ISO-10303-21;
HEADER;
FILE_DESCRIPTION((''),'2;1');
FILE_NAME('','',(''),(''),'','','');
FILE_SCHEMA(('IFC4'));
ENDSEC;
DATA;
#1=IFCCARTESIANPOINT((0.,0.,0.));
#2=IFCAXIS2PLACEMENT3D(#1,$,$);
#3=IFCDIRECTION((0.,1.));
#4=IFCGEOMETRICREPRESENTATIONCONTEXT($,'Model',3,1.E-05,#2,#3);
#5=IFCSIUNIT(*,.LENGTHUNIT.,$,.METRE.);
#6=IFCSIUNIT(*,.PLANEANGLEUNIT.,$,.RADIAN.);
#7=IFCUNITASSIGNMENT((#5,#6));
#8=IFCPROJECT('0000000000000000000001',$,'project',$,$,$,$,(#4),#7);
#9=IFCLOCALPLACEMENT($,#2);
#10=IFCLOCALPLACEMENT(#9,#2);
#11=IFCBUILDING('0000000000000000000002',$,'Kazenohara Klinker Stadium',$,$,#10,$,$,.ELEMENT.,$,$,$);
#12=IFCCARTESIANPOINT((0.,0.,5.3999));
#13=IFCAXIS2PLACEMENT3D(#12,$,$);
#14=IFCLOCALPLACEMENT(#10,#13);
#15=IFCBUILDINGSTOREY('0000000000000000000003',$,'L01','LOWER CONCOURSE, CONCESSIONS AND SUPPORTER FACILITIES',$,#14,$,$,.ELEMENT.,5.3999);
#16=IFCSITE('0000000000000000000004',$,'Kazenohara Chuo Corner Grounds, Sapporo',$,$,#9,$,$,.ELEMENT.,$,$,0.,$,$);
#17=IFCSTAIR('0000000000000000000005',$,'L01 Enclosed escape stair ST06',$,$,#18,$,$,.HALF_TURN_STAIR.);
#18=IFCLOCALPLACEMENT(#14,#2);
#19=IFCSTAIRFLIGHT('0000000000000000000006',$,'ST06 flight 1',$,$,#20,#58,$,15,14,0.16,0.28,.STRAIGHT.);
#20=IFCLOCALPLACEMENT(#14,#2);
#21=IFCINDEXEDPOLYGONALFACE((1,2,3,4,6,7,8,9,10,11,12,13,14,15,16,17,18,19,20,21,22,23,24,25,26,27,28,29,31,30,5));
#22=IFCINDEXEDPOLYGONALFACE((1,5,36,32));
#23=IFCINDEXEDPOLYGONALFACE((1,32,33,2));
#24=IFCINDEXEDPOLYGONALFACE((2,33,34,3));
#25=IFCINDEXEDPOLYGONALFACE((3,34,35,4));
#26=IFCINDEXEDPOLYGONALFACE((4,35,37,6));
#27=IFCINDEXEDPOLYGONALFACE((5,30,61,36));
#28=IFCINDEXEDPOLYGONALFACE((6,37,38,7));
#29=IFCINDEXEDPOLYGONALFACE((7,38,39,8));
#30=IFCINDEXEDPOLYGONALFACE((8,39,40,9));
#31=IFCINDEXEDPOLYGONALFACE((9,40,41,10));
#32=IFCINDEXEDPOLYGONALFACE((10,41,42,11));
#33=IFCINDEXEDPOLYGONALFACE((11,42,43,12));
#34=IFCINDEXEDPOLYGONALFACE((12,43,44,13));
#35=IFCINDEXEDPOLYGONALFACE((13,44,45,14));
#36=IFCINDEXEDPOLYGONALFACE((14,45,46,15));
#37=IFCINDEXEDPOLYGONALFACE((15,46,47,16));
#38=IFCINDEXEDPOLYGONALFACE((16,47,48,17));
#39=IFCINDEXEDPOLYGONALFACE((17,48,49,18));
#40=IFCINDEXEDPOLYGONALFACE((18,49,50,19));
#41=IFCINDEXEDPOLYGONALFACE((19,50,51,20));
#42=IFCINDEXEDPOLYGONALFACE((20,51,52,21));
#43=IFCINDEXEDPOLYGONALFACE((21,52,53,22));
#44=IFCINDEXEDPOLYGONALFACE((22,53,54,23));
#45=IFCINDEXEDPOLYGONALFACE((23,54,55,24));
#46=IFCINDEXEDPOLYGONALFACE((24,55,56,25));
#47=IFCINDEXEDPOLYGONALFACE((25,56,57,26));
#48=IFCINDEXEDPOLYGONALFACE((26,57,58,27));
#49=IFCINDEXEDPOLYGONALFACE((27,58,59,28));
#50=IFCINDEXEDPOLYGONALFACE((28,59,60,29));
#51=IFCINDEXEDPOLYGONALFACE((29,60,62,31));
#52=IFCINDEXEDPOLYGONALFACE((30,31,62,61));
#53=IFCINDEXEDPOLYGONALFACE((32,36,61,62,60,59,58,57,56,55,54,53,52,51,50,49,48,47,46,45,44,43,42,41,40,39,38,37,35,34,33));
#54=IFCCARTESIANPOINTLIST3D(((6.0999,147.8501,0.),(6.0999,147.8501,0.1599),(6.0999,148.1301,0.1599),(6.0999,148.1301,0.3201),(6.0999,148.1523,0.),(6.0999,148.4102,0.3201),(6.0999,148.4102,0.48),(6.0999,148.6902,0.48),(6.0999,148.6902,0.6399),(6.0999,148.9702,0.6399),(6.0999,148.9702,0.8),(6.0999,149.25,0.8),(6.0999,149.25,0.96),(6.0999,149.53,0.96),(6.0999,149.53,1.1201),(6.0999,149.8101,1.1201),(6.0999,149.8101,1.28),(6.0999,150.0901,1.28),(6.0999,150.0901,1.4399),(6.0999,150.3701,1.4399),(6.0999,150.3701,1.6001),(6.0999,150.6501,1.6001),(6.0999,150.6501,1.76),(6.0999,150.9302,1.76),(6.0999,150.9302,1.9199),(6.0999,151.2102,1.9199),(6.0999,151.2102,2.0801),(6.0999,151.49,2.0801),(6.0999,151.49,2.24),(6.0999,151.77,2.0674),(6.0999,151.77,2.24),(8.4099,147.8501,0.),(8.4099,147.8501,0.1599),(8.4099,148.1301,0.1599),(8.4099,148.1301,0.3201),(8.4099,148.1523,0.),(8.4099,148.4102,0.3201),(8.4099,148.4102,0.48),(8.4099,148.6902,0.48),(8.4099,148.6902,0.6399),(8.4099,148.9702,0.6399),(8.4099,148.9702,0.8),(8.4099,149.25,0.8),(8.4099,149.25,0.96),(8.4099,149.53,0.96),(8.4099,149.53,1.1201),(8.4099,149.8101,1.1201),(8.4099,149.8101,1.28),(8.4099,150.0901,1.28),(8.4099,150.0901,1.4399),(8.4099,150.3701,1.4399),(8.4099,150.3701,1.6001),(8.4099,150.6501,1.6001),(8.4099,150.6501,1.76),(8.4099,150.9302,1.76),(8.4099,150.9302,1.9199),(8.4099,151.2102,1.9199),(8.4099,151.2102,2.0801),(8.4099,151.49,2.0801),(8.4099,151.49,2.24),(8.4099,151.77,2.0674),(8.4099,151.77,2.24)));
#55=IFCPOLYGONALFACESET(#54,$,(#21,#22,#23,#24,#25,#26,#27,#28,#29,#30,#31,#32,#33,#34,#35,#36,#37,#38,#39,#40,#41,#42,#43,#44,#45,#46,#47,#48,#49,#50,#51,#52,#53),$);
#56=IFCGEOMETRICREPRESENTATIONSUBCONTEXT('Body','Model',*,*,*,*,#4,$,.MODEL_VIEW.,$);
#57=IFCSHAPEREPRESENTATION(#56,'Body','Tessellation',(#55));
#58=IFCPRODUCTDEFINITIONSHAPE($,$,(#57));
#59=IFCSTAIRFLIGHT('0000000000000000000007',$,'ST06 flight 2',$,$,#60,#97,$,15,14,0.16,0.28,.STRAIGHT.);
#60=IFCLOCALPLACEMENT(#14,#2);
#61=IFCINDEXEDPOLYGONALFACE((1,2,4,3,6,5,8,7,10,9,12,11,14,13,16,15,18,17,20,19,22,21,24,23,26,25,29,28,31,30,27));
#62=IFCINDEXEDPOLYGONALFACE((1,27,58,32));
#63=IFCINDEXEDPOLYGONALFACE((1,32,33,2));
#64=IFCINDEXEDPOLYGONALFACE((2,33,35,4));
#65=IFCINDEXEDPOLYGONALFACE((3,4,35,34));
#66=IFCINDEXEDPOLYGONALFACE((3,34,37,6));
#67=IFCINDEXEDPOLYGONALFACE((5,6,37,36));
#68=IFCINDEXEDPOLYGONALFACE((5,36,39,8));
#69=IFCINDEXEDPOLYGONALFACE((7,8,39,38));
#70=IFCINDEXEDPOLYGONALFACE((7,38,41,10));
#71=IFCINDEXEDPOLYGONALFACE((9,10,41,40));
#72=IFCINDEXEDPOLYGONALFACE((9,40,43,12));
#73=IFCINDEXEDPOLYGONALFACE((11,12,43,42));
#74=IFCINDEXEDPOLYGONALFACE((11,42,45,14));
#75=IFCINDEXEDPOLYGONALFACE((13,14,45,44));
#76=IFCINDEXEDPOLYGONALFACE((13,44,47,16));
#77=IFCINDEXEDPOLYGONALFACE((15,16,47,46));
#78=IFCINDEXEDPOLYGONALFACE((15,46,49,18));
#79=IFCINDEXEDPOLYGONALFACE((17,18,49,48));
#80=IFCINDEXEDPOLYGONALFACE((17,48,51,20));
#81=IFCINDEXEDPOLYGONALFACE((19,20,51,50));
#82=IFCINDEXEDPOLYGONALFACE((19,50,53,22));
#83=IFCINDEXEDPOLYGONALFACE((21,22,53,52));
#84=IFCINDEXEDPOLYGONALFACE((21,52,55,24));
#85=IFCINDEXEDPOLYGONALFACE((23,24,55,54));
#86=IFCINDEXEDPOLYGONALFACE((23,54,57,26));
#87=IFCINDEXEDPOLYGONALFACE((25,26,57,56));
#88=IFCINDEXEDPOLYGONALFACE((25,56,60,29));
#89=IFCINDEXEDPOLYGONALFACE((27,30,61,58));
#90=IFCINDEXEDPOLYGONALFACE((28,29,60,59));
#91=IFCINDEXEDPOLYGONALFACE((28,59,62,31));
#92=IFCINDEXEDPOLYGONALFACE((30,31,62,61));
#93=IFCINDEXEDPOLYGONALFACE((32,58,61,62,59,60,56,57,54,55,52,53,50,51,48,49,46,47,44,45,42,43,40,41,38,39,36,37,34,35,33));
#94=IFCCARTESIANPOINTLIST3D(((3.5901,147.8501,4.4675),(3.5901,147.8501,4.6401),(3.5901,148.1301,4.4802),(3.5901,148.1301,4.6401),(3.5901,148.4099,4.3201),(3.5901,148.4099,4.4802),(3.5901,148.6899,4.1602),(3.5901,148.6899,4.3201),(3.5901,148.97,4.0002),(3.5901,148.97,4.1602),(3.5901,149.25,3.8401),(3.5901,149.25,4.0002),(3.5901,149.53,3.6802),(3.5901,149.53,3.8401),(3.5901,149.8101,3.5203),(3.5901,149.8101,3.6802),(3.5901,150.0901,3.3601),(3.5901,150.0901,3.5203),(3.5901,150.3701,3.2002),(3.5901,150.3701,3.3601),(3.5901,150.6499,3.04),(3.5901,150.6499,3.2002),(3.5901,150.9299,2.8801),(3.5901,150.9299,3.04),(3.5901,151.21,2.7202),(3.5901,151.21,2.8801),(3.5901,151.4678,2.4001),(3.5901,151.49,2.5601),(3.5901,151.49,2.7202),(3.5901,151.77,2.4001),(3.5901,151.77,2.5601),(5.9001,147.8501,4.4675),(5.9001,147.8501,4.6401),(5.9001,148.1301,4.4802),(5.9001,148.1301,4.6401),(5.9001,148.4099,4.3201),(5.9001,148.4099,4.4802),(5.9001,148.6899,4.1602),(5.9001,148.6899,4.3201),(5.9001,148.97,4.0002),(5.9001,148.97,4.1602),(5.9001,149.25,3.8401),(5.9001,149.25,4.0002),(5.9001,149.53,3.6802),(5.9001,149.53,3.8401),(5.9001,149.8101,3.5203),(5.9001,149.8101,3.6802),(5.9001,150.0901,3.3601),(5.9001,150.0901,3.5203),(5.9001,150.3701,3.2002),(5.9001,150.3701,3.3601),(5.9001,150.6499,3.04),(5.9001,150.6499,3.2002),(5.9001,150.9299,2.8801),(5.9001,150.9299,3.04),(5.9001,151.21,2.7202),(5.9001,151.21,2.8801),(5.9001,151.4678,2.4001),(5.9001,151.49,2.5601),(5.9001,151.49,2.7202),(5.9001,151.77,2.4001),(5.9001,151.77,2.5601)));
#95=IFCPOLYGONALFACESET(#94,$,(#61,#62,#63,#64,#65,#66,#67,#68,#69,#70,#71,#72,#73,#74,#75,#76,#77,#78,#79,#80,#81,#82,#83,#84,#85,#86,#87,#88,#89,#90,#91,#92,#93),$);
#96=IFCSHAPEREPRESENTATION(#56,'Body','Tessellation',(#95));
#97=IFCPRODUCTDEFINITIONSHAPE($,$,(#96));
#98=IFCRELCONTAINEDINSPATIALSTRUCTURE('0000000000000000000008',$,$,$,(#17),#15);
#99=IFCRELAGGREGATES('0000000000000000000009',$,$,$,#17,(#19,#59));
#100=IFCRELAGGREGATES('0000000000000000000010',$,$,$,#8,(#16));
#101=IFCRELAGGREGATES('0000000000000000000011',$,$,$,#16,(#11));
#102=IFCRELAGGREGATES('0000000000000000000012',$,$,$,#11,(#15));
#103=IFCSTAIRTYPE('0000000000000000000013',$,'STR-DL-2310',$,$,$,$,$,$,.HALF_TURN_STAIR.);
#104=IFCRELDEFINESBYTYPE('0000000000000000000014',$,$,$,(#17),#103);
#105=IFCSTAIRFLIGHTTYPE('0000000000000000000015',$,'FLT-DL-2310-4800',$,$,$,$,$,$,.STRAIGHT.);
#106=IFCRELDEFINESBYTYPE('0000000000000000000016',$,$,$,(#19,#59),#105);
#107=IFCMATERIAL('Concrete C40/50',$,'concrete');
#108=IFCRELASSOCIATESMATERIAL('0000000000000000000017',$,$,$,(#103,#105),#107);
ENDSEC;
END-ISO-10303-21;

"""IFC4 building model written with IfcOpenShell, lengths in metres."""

from ifc_helpers import new_model, si_unit, direction, frame, origin, place, context, subcontext, project, spatial, polyline, outline, extrude, material, type_object, element, aggregate, save


model = new_model("IFC4")

# Units and contexts
model_context = context("Model", 3, precision=1e-05, world=origin(), true_north=direction((0.0, 1.0)))
body_context = subcontext(model_context, "Body", "Model", "MODEL_VIEW")
ifc_project = project(units=[si_unit("LENGTHUNIT", "METRE"), si_unit("PLANEANGLEUNIT", "RADIAN")], contexts=[model_context])

# Site, building, storey
site_placement = place(None, origin())
site = spatial("IfcSite", under=ifc_project, at=site_placement, Name="Kazenohara Chuo Corner Grounds, Sapporo", CompositionType="ELEMENT", RefElevation=0.0)
building_placement = place(site_placement, origin())
building = spatial("IfcBuilding", under=site, at=building_placement, Name="Kazenohara Klinker Stadium", CompositionType="ELEMENT")
storey_placement = place(building_placement, frame((0.0, 0.0, 5.3999)))
storey = spatial("IfcBuildingStorey", under=building, at=storey_placement, Name="L01", Description="LOWER CONCOURSE, CONCESSIONS AND SUPPORTER FACILITIES", CompositionType="ELEMENT", Elevation=5.3999)

# Shared definitions
ifc_material_1 = material(Name="Concrete C40/50", Category="concrete")

# Stair, stair flights
stair_type = type_object("IfcStairType", Name="STR-DL-2310", PredefinedType="HALF_TURN_STAIR", material=ifc_material_1)
stair_placement = place(storey_placement, origin())
stair = element("IfcStair", 1, at=stair_placement, inside=storey, type_object=stair_type, Name="L01 Enclosed escape stair ST06", PredefinedType="HALF_TURN_STAIR")
stair_flight_type = type_object("IfcStairFlightType", Name="FLT-DL-2310-4800", PredefinedType="STRAIGHT", material=ifc_material_1)
stair_flight_1_placement = place(storey_placement, frame((7.2549, 147.8501, 0.0), z_axis=(0.0, 0.0, 1.0), x_axis=(0.0, 1.0, 0.0)))
stair_flight_1 = element("IfcStairFlight", 2, at=stair_flight_1_placement, type_object=stair_flight_type, Name="ST06 flight 1", NumberOfRisers=15, NumberOfTreads=14, PredefinedType="STRAIGHT", RiserHeight=0.16, TreadLength=0.28, context=body_context, shape_type="SweptSolid", body=[
    extrude(outline(polyline([(0.0, 0.0), (0.0, 0.1599), (0.28, 0.1599), (0.28, 0.3201), (0.5601, 0.3201), (0.5601, 0.48), (0.8401, 0.48), (0.8401, 0.6399), (1.1201, 0.6399), (1.1201, 0.8), (1.3999, 0.8), (1.3999, 0.96), (1.6799, 0.96), (1.6799, 1.1201), (1.96, 1.1201), (1.96, 1.28), (2.24, 1.28), (2.24, 1.4399), (2.52, 1.4399), (2.52, 1.6001), (2.8, 1.6001), (2.8, 1.76), (3.0801, 1.76), (3.0801, 1.9199), (3.3601, 1.9199), (3.3601, 2.0801), (3.6399, 2.0801), (3.6399, 2.24), (3.9199, 2.24), (3.9199, 2.3999), (3.9199, 2.0674), (0.3022, 0.0), (0.0, 0.0)])), frame((0.0, 1.155, 0.0), z_axis=(0.0, -1.0, 0.0), x_axis=(1.0, 0.0, 0.0)), (0.0, 0.0, 1.0), 2.3101),
])
stair_flight_2_placement = place(storey_placement, frame((4.7451, 151.77, 2.4001), z_axis=(0.0, 0.0, 1.0), x_axis=(0.0, -1.0, 0.0)))
stair_flight_2 = element("IfcStairFlight", 3, at=stair_flight_2_placement, type_object=stair_flight_type, Name="ST06 flight 2", NumberOfRisers=15, NumberOfTreads=14, PredefinedType="STRAIGHT", RiserHeight=0.16, TreadLength=0.28, context=body_context, shape_type="SweptSolid", body=[
    extrude(outline(polyline([(0.0, 0.0), (0.0, 0.1599), (0.28, 0.1599), (0.28, 0.3201), (0.5601, 0.3201), (0.5601, 0.48), (0.8401, 0.48), (0.8401, 0.6399), (1.1201, 0.6399), (1.1201, 0.8), (1.3999, 0.8), (1.3999, 0.96), (1.6799, 0.96), (1.6799, 1.1201), (1.96, 1.1201), (1.96, 1.28), (2.24, 1.28), (2.24, 1.4399), (2.52, 1.4399), (2.52, 1.6001), (2.8, 1.6001), (2.8, 1.76), (3.0801, 1.76), (3.0801, 1.9199), (3.3601, 1.9199), (3.3601, 2.0801), (3.6399, 2.0801), (3.6399, 2.24), (3.9199, 2.24), (3.9199, 2.3999), (3.9199, 2.0674), (0.3022, 0.0), (0.0, 0.0)])), frame((0.0, 1.155, 0.0), z_axis=(0.0, -1.0, 0.0), x_axis=(1.0, 0.0, 0.0)), (0.0, 0.0, 1.0), 2.3101),
])
aggregate(stair, [stair_flight_1, stair_flight_2])

save(model, "model.ifc")
